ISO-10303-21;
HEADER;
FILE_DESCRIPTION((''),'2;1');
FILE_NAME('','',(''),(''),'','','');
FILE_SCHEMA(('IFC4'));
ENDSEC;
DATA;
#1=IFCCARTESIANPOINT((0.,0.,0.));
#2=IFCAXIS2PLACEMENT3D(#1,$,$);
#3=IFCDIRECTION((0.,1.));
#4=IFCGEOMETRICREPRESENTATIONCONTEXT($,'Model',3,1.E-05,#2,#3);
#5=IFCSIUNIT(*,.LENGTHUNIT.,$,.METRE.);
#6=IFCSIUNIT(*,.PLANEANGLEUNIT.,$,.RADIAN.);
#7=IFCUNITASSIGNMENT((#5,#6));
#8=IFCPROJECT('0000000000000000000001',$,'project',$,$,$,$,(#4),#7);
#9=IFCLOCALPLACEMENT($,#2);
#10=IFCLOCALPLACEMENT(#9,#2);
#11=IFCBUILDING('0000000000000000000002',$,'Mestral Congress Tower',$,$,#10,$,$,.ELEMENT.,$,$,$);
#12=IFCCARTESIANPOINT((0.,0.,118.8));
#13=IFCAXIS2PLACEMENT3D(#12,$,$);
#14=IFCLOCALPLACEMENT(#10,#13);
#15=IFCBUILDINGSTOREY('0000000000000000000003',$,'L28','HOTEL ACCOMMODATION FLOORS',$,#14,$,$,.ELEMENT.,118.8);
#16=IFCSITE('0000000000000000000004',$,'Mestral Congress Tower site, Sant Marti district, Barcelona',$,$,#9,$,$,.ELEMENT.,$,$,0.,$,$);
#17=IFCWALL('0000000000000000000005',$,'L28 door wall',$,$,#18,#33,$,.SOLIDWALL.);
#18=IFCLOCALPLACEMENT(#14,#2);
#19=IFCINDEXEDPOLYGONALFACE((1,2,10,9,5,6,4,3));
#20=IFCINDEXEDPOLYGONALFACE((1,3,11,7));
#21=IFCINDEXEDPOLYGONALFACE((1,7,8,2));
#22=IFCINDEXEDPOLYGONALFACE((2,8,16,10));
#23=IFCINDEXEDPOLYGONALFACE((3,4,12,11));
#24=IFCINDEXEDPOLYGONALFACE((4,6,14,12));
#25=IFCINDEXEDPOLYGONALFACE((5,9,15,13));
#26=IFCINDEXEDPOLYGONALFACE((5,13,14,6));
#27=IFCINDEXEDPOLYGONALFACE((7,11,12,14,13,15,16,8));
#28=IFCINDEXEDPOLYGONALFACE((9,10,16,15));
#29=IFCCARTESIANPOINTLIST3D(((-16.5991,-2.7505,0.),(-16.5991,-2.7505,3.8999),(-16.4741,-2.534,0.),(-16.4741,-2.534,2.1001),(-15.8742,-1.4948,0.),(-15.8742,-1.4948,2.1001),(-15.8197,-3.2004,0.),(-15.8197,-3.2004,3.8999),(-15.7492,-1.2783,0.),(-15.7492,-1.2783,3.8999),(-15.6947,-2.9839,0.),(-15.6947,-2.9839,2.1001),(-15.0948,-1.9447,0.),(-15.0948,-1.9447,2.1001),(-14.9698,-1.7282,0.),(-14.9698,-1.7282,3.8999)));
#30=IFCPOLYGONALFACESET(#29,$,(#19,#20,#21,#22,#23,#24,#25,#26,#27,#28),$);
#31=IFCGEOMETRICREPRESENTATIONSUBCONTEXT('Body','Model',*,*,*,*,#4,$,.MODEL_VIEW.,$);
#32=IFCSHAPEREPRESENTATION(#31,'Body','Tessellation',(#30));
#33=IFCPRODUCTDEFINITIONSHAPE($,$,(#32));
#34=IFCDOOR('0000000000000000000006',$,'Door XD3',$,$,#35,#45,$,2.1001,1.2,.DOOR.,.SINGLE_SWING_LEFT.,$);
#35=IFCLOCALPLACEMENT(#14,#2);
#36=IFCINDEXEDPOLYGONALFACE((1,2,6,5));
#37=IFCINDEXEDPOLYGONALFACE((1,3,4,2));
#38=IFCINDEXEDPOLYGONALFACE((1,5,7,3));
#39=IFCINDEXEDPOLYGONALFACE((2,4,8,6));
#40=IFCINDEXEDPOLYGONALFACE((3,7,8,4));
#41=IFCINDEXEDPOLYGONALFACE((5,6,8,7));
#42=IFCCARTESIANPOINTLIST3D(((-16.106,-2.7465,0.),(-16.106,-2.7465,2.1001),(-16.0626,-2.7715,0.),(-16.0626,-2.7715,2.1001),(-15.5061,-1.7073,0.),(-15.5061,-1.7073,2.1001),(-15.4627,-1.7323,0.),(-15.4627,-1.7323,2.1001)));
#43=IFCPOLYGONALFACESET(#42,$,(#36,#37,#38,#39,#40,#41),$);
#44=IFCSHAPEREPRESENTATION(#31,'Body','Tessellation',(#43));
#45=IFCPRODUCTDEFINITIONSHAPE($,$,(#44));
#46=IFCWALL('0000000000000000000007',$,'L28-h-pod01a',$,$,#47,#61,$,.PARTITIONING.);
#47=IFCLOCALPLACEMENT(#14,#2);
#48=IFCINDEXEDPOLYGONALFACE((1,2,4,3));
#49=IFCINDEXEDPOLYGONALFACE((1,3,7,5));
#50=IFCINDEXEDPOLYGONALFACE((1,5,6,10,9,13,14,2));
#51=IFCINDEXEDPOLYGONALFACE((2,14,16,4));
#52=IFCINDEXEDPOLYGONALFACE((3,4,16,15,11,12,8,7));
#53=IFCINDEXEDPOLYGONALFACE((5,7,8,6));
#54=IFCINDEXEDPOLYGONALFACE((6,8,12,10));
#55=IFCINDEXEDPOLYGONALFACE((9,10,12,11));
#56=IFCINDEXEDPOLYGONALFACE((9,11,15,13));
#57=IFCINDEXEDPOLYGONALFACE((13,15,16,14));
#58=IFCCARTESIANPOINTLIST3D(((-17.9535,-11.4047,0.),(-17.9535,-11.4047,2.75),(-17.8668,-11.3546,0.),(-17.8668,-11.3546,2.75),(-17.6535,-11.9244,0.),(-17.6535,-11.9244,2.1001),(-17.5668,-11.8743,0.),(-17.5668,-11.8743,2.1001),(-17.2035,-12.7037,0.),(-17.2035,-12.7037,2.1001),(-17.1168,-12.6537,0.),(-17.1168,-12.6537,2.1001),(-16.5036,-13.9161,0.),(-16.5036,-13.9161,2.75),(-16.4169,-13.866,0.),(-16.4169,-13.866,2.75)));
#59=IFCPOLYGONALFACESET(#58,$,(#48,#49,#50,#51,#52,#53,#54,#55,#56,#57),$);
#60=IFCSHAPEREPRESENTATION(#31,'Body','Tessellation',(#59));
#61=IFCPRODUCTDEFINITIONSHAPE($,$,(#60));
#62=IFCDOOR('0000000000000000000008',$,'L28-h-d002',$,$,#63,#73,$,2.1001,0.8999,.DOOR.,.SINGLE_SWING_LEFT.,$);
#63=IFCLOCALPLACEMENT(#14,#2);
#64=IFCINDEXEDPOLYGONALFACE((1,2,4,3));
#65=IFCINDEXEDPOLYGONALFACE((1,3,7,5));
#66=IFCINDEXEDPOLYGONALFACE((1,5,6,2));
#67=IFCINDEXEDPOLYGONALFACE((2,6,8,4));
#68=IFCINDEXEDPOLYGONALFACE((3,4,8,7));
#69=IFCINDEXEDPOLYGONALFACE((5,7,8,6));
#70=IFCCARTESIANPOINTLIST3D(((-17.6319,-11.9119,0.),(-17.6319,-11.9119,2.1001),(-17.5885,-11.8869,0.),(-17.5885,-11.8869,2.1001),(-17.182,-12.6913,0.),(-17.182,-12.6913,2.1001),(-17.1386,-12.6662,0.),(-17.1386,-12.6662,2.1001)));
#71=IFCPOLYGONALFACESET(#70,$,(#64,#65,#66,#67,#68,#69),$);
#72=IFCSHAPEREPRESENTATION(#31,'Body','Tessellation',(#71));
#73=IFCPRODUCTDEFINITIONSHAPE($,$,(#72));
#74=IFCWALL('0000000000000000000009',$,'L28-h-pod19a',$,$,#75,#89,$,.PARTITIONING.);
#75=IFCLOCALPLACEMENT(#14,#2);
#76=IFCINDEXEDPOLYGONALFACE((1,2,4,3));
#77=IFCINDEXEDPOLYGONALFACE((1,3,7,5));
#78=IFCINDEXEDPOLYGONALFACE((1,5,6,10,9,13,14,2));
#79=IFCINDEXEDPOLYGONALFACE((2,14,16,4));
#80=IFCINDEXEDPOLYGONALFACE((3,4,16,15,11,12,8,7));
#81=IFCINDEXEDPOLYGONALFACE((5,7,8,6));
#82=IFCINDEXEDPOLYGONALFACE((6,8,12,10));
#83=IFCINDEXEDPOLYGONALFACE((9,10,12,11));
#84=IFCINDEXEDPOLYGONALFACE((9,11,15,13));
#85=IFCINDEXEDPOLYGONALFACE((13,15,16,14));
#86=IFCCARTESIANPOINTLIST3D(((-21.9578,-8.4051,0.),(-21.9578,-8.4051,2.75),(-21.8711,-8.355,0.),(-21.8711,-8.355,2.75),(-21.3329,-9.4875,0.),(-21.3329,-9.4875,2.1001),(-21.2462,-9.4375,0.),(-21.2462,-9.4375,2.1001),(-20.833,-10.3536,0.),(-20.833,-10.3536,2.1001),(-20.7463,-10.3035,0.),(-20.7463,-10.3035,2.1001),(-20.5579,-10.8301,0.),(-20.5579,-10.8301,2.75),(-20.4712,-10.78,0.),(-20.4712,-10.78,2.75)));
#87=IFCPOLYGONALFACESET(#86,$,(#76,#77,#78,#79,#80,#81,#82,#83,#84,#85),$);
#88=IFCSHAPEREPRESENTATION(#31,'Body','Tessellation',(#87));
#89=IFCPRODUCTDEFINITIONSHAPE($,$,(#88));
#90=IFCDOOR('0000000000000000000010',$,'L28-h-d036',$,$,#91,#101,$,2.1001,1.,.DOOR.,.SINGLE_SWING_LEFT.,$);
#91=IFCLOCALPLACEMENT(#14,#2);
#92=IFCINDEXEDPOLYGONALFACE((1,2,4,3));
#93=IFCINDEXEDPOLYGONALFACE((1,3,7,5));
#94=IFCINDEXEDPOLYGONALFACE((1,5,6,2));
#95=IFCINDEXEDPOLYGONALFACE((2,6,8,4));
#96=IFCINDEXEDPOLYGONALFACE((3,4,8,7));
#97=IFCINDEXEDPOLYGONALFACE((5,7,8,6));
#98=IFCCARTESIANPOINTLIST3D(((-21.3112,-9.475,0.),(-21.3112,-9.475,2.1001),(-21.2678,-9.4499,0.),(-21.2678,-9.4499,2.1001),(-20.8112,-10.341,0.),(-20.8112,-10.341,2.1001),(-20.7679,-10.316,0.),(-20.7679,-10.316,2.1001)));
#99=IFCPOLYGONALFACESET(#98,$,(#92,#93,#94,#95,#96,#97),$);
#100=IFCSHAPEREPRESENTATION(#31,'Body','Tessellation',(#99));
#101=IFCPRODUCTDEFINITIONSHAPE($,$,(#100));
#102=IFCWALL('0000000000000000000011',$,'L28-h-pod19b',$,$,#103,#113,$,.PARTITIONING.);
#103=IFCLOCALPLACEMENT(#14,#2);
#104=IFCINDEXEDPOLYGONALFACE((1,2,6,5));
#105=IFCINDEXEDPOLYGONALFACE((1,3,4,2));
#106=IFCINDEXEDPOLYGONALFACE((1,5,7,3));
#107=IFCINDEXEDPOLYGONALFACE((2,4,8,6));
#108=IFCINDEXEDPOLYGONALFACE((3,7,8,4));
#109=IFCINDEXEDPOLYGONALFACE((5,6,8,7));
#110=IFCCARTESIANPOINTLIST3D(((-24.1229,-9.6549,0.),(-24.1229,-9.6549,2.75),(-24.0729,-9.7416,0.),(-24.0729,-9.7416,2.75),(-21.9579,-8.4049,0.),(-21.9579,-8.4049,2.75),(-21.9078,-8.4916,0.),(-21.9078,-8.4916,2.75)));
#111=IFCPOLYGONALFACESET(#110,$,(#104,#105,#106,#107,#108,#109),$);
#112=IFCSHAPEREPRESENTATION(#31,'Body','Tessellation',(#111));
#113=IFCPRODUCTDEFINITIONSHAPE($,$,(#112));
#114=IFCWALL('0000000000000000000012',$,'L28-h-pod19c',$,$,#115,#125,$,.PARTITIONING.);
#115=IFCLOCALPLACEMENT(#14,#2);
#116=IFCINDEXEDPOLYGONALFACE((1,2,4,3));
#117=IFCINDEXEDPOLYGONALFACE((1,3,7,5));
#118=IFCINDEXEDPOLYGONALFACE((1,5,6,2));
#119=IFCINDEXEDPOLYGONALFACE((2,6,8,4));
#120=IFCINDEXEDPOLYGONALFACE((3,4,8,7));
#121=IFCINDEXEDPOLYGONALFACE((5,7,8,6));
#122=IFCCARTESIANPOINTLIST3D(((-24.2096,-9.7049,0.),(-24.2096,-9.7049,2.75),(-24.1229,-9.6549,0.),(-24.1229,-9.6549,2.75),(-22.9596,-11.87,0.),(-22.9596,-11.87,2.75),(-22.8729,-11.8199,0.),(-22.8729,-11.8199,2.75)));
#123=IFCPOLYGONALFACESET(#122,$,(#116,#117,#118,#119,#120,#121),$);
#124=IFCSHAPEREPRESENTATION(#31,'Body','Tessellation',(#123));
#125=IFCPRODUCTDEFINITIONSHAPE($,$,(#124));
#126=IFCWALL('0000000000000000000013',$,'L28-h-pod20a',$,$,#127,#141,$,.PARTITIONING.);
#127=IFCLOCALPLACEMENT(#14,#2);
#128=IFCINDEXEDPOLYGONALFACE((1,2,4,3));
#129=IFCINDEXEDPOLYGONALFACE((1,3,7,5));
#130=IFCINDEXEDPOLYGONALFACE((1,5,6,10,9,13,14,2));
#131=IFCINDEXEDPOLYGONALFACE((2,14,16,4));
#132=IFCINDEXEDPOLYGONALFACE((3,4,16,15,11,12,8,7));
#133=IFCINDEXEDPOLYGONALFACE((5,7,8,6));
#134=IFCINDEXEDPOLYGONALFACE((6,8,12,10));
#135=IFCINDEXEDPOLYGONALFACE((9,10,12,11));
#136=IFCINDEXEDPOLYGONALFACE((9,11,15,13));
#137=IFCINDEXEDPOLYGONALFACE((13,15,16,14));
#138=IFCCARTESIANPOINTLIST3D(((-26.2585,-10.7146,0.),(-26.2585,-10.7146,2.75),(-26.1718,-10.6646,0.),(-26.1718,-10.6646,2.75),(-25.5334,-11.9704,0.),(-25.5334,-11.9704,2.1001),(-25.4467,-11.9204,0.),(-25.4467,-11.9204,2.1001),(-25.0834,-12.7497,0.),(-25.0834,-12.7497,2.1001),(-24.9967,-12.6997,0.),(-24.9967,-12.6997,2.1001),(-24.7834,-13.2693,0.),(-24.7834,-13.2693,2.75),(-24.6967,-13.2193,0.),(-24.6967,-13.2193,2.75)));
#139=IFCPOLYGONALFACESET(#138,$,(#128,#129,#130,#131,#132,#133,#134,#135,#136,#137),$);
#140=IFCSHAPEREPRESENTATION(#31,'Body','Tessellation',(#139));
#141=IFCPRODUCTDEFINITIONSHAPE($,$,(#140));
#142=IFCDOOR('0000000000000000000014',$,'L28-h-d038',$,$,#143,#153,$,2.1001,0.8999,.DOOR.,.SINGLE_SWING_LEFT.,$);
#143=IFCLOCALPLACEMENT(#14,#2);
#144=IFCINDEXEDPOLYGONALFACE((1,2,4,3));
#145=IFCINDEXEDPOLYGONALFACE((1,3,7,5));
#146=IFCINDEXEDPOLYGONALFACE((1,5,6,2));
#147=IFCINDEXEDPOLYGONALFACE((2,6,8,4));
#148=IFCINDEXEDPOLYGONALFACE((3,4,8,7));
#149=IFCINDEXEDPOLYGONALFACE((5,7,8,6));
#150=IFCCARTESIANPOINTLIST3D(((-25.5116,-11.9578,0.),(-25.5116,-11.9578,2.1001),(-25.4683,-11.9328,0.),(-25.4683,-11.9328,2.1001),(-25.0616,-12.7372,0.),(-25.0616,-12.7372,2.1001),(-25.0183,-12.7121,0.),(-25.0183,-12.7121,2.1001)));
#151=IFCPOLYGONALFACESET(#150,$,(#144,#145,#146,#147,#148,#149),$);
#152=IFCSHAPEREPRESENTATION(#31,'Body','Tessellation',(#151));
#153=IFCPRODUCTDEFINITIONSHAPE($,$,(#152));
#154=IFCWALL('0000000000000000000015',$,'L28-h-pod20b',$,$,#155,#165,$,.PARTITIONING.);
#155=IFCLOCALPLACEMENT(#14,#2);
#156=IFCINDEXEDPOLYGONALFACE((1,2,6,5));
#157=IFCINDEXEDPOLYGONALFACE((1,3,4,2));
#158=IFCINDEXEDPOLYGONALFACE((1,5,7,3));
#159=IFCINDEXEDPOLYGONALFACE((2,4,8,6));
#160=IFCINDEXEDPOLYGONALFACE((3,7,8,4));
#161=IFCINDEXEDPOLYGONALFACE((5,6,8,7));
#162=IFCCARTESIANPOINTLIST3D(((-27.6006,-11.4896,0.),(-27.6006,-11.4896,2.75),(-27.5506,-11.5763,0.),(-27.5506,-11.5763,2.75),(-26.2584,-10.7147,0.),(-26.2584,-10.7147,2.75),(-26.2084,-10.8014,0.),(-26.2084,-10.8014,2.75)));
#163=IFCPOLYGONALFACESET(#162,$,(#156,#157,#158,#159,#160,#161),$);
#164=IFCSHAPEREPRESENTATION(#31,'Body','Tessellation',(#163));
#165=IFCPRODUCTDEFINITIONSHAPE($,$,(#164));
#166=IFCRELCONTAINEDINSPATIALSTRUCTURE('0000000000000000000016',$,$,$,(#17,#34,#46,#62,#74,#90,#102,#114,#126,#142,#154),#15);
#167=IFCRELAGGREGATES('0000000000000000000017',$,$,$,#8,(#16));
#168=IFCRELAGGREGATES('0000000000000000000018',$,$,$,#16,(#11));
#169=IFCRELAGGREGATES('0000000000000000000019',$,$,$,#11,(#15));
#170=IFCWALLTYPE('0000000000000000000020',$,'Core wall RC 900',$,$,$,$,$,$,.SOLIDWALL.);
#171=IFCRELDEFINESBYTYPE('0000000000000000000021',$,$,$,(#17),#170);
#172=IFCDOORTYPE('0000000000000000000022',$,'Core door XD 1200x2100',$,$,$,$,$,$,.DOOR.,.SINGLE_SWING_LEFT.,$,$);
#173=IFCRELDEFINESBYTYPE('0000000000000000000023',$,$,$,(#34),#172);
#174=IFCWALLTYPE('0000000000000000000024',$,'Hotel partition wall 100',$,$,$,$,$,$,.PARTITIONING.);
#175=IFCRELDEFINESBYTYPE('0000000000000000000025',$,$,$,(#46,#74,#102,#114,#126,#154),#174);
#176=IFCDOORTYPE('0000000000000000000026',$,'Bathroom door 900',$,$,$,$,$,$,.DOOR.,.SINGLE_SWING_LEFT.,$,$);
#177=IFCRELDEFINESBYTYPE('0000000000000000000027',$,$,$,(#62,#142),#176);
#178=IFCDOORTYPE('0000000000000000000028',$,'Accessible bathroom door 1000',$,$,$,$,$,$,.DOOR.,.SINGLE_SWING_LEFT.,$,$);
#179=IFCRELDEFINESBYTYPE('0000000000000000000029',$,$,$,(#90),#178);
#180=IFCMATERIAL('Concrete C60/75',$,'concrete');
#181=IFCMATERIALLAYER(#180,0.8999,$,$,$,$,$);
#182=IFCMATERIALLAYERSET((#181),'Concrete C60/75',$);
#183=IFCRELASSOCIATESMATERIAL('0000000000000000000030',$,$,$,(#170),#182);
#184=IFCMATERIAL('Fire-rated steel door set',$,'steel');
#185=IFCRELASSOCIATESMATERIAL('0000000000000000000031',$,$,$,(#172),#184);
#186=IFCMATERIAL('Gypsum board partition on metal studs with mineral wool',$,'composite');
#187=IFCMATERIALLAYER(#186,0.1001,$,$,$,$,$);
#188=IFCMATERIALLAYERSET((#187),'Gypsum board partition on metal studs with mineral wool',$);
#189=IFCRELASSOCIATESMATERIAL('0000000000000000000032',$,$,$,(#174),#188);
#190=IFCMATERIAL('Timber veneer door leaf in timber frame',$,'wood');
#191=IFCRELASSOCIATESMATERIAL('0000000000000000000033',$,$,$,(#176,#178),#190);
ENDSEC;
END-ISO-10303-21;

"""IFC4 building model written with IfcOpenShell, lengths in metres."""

from ifc_helpers import new_model, si_unit, direction, frame, frame_2d, origin, place, context, subcontext, project, spatial, rectangle, extrude, material, layer, layer_set, type_object, element, fill, save


model = new_model("IFC4")

# Units and contexts
model_context = context("Model", 3, precision=1e-05, world=origin(), true_north=direction((0.0, 1.0)))
body_context = subcontext(model_context, "Body", "Model", "MODEL_VIEW")
ifc_project = project(units=[si_unit("LENGTHUNIT", "METRE"), si_unit("PLANEANGLEUNIT", "RADIAN")], contexts=[model_context])

# Site, building, storey
site_placement = place(None, origin())
site = spatial("IfcSite", under=ifc_project, at=site_placement, Name="Mestral Congress Tower site, Sant Marti district, Barcelona", CompositionType="ELEMENT", RefElevation=0.0)
building_placement = place(site_placement, origin())
building = spatial("IfcBuilding", under=site, at=building_placement, Name="Mestral Congress Tower", CompositionType="ELEMENT")
storey_placement = place(building_placement, frame((0.0, 0.0, 118.8)))
storey = spatial("IfcBuildingStorey", under=building, at=storey_placement, Name="L28", Description="HOTEL ACCOMMODATION FLOORS", CompositionType="ELEMENT", Elevation=118.8)

# Walls, openings, doors
ifc_material_1 = material(Name="Concrete C60/75", Category="concrete")
ifc_layer_1 = layer(ifc_material_1, 0.8999)
ifc_layer_set_1 = layer_set([ifc_layer_1], Name="Concrete C60/75")
wall_type_1 = type_object("IfcWallType", Name="Core wall RC 900", PredefinedType="SOLIDWALL", material=ifc_layer_set_1)
wall_1_placement = place(storey_placement, frame((-16.2095, -2.9756, 0.0), z_axis=(0.0, 0.0, 1.0), x_axis=(0.499955, 0.866052, 0.0)))
wall_1 = element("IfcWall", 1, at=wall_1_placement, inside=storey, type_object=wall_type_1, Name="L28 door wall", PredefinedType="SOLIDWALL", context=body_context, shape_type="SweptSolid", body=[
    extrude(rectangle(XDim=1.7, YDim=0.8999, at=frame_2d((0.8501, 0.0))), origin(), (0.0, 0.0, 1.0), 3.8999),
])
opening_1_placement = place(wall_1_placement, frame((0.25, 0.0, 0.0)))
opening_1 = element("IfcOpeningElement", 2, at=opening_1_placement, cuts=wall_1, PredefinedType="OPENING", context=body_context, shape_type="SweptSolid", body=[
    extrude(rectangle(XDim=1.2, YDim=2.1001, at=frame_2d((0.6001, 1.05))), frame((0.0, 0.46, 0.0), z_axis=(0.0, -1.0, 0.0), x_axis=(1.0, 0.0, 0.0)), (0.0, 0.0, 1.0), 0.9199),
])
ifc_material_2 = material(Name="Fire-rated steel door set", Category="steel")
door_type_1 = type_object("IfcDoorType", Name="Core door XD 1200x2100", OperationType="SINGLE_SWING_LEFT", PredefinedType="DOOR", material=ifc_material_2)
door_1_placement = place(opening_1_placement, origin())
door_1 = element("IfcDoor", 3, at=door_1_placement, inside=storey, type_object=door_type_1, Name="Door XD3", OperationType="SINGLE_SWING_LEFT", OverallHeight=2.1001, OverallWidth=1.2, PredefinedType="DOOR", context=body_context, shape_type="SweptSolid", body=[
    extrude(rectangle(XDim=1.2, YDim=2.1001, at=frame_2d((0.6001, 1.05))), frame((0.0, 0.0249, 0.0), z_axis=(0.0, -1.0, 0.0), x_axis=(1.0, 0.0, 0.0)), (0.0, 0.0, 1.0), 0.05),
])
fill(opening_1, door_1)
ifc_material_3 = material(Name="Gypsum board partition on metal studs with mineral wool", Category="composite")
ifc_layer_2 = layer(ifc_material_3, 0.1001)
ifc_layer_set_2 = layer_set([ifc_layer_2], Name="Gypsum board partition on metal studs with mineral wool")
wall_type_2 = type_object("IfcWallType", Name="Hotel partition wall 100", PredefinedType="PARTITIONING", material=ifc_layer_set_2)
wall_2_placement = place(storey_placement, frame((-17.9102, -11.3796, 0.0), z_axis=(0.0, 0.0, 1.0), x_axis=(0.499987, -0.866033, 0.0)))
wall_2 = element("IfcWall", 4, at=wall_2_placement, inside=storey, type_object=wall_type_2, Name="L28-h-pod01a", PredefinedType="PARTITIONING", context=body_context, shape_type="SweptSolid", body=[
    extrude(rectangle(XDim=2.8999, YDim=0.1001, at=frame_2d((1.45, 0.0))), origin(), (0.0, 0.0, 1.0), 2.75),
])
opening_2_placement = place(wall_2_placement, frame((0.6001, 0.0, 0.0)))
opening_2 = element("IfcOpeningElement", 5, at=opening_2_placement, cuts=wall_2, PredefinedType="OPENING", context=body_context, shape_type="SweptSolid", body=[
    extrude(rectangle(XDim=0.8999, YDim=2.1001, at=frame_2d((0.45, 1.05))), frame((0.0, 0.0601, 0.0), z_axis=(0.0, -1.0, 0.0), x_axis=(1.0, 0.0, 0.0)), (0.0, 0.0, 1.0), 0.1201),
])
ifc_material_4 = material(Name="Timber veneer door leaf in timber frame", Category="wood")
door_type_2 = type_object("IfcDoorType", Name="Bathroom door 900", OperationType="SINGLE_SWING_LEFT", PredefinedType="DOOR", material=ifc_material_4)
door_2_placement = place(opening_2_placement, origin())
door_2 = element("IfcDoor", 6, at=door_2_placement, inside=storey, type_object=door_type_2, Name="L28-h-d002", OperationType="SINGLE_SWING_LEFT", OverallHeight=2.1001, OverallWidth=0.8999, PredefinedType="DOOR", context=body_context, shape_type="SweptSolid", body=[
    extrude(rectangle(XDim=0.8999, YDim=2.1001, at=frame_2d((0.45, 1.05))), frame((0.0, 0.0249, 0.0), z_axis=(0.0, -1.0, 0.0), x_axis=(1.0, 0.0, 0.0)), (0.0, 0.0, 1.0), 0.05),
])
fill(opening_2, door_2)
wall_3_placement = place(storey_placement, frame((-20.5146, -10.8049, 0.0), z_axis=(0.0, 0.0, 1.0), x_axis=(-0.499946, 0.866056, 0.0)))
wall_3 = element("IfcWall", 7, at=wall_3_placement, inside=storey, type_object=wall_type_2, Name="L28-h-pod19a", PredefinedType="PARTITIONING", context=body_context, shape_type="SweptSolid", body=[
    extrude(rectangle(XDim=2.8, YDim=0.1001, at=frame_2d((1.3999, 0.0))), origin(), (0.0, 0.0, 1.0), 2.75),
])
opening_3_placement = place(wall_3_placement, frame((0.55, 0.0, 0.0)))
opening_3 = element("IfcOpeningElement", 8, at=opening_3_placement, cuts=wall_3, PredefinedType="OPENING", context=body_context, shape_type="SweptSolid", body=[
    extrude(rectangle(XDim=1.0, YDim=2.1001, at=frame_2d((0.5, 1.05))), frame((0.0, 0.0601, 0.0), z_axis=(0.0, -1.0, 0.0), x_axis=(1.0, 0.0, 0.0)), (0.0, 0.0, 1.0), 0.1201),
])
door_type_3 = type_object("IfcDoorType", Name="Accessible bathroom door 1000", OperationType="SINGLE_SWING_LEFT", PredefinedType="DOOR", material=ifc_material_4)
door_3_placement = place(opening_3_placement, origin())
door_3 = element("IfcDoor", 9, at=door_3_placement, inside=storey, type_object=door_type_3, Name="L28-h-d036", OperationType="SINGLE_SWING_LEFT", OverallHeight=2.1001, OverallWidth=1.0, PredefinedType="DOOR", context=body_context, shape_type="SweptSolid", body=[
    extrude(rectangle(XDim=1.0, YDim=2.1001, at=frame_2d((0.5, 1.05))), frame((0.0, 0.0249, 0.0), z_axis=(0.0, -1.0, 0.0), x_axis=(1.0, 0.0, 0.0)), (0.0, 0.0, 1.0), 0.05),
])
fill(opening_3, door_3)

# Walls
for number, where, z_axis, x_axis, name in (
    (10, (-21.9329, -8.4482, 0.0), (0.0, 0.0, 1.0), (-0.866023, -0.500004, 0.0), "L28-h-pod19b"),
    (11, (-22.9163, -11.845, 0.0), (0.0, 0.0, 1.0), (-0.500004, 0.866023, 0.0), "L28-h-pod19c"),
):
    element("IfcWall", number, at=place(storey_placement, frame(where, z_axis=z_axis, x_axis=x_axis)), inside=storey, type_object=wall_type_2, Name=name, PredefinedType="PARTITIONING", context=body_context, shape_type="SweptSolid", body=[
        extrude(rectangle(XDim=2.5, YDim=0.1001, at=frame_2d((1.25, 0.0))), origin(), (0.0, 0.0, 1.0), 2.75),
    ])

# Wall, opening, door
wall_4_placement = place(storey_placement, frame((-24.74, -13.2444, 0.0), z_axis=(0.0, 0.0, 1.0), x_axis=(-0.500038, 0.866004, 0.0)))
wall_4 = element("IfcWall", 12, at=wall_4_placement, inside=storey, type_object=wall_type_2, Name="L28-h-pod20a", PredefinedType="PARTITIONING", context=body_context, shape_type="SweptSolid", body=[
    extrude(rectangle(XDim=2.95, YDim=0.1001, at=frame_2d((1.4751, 0.0))), origin(), (0.0, 0.0, 1.0), 2.75),
])
opening_4_placement = place(wall_4_placement, frame((0.6001, 0.0, 0.0)))
opening_4 = element("IfcOpeningElement", 13, at=opening_4_placement, cuts=wall_4, PredefinedType="OPENING", context=body_context, shape_type="SweptSolid", body=[
    extrude(rectangle(XDim=0.8999, YDim=2.1001, at=frame_2d((0.45, 1.05))), frame((0.0, 0.0601, 0.0), z_axis=(0.0, -1.0, 0.0), x_axis=(1.0, 0.0, 0.0)), (0.0, 0.0, 1.0), 0.1201),
])
door_4_placement = place(opening_4_placement, origin())
door_4 = element("IfcDoor", 14, at=door_4_placement, inside=storey, type_object=door_type_2, Name="L28-h-d038", OperationType="SINGLE_SWING_LEFT", OverallHeight=2.1001, OverallWidth=0.8999, PredefinedType="DOOR", context=body_context, shape_type="SweptSolid", body=[
    extrude(rectangle(XDim=0.8999, YDim=2.1001, at=frame_2d((0.45, 1.05))), frame((0.0, 0.0249, 0.0), z_axis=(0.0, -1.0, 0.0), x_axis=(1.0, 0.0, 0.0)), (0.0, 0.0, 1.0), 0.05),
])
fill(opening_4, door_4)

# Wall
wall_5_placement = place(storey_placement, frame((-26.2334, -10.7581, 0.0), z_axis=(0.0, 0.0, 1.0), x_axis=(-0.866044, -0.499968, 0.0)))
element("IfcWall", 15, at=wall_5_placement, inside=storey, type_object=wall_type_2, Name="L28-h-pod20b", PredefinedType="PARTITIONING", context=body_context, shape_type="SweptSolid", body=[
    extrude(rectangle(XDim=1.5498, YDim=0.1001, at=frame_2d((0.7749, 0.0))), origin(), (0.0, 0.0, 1.0), 2.75),
])

save(model, "model.ifc")
